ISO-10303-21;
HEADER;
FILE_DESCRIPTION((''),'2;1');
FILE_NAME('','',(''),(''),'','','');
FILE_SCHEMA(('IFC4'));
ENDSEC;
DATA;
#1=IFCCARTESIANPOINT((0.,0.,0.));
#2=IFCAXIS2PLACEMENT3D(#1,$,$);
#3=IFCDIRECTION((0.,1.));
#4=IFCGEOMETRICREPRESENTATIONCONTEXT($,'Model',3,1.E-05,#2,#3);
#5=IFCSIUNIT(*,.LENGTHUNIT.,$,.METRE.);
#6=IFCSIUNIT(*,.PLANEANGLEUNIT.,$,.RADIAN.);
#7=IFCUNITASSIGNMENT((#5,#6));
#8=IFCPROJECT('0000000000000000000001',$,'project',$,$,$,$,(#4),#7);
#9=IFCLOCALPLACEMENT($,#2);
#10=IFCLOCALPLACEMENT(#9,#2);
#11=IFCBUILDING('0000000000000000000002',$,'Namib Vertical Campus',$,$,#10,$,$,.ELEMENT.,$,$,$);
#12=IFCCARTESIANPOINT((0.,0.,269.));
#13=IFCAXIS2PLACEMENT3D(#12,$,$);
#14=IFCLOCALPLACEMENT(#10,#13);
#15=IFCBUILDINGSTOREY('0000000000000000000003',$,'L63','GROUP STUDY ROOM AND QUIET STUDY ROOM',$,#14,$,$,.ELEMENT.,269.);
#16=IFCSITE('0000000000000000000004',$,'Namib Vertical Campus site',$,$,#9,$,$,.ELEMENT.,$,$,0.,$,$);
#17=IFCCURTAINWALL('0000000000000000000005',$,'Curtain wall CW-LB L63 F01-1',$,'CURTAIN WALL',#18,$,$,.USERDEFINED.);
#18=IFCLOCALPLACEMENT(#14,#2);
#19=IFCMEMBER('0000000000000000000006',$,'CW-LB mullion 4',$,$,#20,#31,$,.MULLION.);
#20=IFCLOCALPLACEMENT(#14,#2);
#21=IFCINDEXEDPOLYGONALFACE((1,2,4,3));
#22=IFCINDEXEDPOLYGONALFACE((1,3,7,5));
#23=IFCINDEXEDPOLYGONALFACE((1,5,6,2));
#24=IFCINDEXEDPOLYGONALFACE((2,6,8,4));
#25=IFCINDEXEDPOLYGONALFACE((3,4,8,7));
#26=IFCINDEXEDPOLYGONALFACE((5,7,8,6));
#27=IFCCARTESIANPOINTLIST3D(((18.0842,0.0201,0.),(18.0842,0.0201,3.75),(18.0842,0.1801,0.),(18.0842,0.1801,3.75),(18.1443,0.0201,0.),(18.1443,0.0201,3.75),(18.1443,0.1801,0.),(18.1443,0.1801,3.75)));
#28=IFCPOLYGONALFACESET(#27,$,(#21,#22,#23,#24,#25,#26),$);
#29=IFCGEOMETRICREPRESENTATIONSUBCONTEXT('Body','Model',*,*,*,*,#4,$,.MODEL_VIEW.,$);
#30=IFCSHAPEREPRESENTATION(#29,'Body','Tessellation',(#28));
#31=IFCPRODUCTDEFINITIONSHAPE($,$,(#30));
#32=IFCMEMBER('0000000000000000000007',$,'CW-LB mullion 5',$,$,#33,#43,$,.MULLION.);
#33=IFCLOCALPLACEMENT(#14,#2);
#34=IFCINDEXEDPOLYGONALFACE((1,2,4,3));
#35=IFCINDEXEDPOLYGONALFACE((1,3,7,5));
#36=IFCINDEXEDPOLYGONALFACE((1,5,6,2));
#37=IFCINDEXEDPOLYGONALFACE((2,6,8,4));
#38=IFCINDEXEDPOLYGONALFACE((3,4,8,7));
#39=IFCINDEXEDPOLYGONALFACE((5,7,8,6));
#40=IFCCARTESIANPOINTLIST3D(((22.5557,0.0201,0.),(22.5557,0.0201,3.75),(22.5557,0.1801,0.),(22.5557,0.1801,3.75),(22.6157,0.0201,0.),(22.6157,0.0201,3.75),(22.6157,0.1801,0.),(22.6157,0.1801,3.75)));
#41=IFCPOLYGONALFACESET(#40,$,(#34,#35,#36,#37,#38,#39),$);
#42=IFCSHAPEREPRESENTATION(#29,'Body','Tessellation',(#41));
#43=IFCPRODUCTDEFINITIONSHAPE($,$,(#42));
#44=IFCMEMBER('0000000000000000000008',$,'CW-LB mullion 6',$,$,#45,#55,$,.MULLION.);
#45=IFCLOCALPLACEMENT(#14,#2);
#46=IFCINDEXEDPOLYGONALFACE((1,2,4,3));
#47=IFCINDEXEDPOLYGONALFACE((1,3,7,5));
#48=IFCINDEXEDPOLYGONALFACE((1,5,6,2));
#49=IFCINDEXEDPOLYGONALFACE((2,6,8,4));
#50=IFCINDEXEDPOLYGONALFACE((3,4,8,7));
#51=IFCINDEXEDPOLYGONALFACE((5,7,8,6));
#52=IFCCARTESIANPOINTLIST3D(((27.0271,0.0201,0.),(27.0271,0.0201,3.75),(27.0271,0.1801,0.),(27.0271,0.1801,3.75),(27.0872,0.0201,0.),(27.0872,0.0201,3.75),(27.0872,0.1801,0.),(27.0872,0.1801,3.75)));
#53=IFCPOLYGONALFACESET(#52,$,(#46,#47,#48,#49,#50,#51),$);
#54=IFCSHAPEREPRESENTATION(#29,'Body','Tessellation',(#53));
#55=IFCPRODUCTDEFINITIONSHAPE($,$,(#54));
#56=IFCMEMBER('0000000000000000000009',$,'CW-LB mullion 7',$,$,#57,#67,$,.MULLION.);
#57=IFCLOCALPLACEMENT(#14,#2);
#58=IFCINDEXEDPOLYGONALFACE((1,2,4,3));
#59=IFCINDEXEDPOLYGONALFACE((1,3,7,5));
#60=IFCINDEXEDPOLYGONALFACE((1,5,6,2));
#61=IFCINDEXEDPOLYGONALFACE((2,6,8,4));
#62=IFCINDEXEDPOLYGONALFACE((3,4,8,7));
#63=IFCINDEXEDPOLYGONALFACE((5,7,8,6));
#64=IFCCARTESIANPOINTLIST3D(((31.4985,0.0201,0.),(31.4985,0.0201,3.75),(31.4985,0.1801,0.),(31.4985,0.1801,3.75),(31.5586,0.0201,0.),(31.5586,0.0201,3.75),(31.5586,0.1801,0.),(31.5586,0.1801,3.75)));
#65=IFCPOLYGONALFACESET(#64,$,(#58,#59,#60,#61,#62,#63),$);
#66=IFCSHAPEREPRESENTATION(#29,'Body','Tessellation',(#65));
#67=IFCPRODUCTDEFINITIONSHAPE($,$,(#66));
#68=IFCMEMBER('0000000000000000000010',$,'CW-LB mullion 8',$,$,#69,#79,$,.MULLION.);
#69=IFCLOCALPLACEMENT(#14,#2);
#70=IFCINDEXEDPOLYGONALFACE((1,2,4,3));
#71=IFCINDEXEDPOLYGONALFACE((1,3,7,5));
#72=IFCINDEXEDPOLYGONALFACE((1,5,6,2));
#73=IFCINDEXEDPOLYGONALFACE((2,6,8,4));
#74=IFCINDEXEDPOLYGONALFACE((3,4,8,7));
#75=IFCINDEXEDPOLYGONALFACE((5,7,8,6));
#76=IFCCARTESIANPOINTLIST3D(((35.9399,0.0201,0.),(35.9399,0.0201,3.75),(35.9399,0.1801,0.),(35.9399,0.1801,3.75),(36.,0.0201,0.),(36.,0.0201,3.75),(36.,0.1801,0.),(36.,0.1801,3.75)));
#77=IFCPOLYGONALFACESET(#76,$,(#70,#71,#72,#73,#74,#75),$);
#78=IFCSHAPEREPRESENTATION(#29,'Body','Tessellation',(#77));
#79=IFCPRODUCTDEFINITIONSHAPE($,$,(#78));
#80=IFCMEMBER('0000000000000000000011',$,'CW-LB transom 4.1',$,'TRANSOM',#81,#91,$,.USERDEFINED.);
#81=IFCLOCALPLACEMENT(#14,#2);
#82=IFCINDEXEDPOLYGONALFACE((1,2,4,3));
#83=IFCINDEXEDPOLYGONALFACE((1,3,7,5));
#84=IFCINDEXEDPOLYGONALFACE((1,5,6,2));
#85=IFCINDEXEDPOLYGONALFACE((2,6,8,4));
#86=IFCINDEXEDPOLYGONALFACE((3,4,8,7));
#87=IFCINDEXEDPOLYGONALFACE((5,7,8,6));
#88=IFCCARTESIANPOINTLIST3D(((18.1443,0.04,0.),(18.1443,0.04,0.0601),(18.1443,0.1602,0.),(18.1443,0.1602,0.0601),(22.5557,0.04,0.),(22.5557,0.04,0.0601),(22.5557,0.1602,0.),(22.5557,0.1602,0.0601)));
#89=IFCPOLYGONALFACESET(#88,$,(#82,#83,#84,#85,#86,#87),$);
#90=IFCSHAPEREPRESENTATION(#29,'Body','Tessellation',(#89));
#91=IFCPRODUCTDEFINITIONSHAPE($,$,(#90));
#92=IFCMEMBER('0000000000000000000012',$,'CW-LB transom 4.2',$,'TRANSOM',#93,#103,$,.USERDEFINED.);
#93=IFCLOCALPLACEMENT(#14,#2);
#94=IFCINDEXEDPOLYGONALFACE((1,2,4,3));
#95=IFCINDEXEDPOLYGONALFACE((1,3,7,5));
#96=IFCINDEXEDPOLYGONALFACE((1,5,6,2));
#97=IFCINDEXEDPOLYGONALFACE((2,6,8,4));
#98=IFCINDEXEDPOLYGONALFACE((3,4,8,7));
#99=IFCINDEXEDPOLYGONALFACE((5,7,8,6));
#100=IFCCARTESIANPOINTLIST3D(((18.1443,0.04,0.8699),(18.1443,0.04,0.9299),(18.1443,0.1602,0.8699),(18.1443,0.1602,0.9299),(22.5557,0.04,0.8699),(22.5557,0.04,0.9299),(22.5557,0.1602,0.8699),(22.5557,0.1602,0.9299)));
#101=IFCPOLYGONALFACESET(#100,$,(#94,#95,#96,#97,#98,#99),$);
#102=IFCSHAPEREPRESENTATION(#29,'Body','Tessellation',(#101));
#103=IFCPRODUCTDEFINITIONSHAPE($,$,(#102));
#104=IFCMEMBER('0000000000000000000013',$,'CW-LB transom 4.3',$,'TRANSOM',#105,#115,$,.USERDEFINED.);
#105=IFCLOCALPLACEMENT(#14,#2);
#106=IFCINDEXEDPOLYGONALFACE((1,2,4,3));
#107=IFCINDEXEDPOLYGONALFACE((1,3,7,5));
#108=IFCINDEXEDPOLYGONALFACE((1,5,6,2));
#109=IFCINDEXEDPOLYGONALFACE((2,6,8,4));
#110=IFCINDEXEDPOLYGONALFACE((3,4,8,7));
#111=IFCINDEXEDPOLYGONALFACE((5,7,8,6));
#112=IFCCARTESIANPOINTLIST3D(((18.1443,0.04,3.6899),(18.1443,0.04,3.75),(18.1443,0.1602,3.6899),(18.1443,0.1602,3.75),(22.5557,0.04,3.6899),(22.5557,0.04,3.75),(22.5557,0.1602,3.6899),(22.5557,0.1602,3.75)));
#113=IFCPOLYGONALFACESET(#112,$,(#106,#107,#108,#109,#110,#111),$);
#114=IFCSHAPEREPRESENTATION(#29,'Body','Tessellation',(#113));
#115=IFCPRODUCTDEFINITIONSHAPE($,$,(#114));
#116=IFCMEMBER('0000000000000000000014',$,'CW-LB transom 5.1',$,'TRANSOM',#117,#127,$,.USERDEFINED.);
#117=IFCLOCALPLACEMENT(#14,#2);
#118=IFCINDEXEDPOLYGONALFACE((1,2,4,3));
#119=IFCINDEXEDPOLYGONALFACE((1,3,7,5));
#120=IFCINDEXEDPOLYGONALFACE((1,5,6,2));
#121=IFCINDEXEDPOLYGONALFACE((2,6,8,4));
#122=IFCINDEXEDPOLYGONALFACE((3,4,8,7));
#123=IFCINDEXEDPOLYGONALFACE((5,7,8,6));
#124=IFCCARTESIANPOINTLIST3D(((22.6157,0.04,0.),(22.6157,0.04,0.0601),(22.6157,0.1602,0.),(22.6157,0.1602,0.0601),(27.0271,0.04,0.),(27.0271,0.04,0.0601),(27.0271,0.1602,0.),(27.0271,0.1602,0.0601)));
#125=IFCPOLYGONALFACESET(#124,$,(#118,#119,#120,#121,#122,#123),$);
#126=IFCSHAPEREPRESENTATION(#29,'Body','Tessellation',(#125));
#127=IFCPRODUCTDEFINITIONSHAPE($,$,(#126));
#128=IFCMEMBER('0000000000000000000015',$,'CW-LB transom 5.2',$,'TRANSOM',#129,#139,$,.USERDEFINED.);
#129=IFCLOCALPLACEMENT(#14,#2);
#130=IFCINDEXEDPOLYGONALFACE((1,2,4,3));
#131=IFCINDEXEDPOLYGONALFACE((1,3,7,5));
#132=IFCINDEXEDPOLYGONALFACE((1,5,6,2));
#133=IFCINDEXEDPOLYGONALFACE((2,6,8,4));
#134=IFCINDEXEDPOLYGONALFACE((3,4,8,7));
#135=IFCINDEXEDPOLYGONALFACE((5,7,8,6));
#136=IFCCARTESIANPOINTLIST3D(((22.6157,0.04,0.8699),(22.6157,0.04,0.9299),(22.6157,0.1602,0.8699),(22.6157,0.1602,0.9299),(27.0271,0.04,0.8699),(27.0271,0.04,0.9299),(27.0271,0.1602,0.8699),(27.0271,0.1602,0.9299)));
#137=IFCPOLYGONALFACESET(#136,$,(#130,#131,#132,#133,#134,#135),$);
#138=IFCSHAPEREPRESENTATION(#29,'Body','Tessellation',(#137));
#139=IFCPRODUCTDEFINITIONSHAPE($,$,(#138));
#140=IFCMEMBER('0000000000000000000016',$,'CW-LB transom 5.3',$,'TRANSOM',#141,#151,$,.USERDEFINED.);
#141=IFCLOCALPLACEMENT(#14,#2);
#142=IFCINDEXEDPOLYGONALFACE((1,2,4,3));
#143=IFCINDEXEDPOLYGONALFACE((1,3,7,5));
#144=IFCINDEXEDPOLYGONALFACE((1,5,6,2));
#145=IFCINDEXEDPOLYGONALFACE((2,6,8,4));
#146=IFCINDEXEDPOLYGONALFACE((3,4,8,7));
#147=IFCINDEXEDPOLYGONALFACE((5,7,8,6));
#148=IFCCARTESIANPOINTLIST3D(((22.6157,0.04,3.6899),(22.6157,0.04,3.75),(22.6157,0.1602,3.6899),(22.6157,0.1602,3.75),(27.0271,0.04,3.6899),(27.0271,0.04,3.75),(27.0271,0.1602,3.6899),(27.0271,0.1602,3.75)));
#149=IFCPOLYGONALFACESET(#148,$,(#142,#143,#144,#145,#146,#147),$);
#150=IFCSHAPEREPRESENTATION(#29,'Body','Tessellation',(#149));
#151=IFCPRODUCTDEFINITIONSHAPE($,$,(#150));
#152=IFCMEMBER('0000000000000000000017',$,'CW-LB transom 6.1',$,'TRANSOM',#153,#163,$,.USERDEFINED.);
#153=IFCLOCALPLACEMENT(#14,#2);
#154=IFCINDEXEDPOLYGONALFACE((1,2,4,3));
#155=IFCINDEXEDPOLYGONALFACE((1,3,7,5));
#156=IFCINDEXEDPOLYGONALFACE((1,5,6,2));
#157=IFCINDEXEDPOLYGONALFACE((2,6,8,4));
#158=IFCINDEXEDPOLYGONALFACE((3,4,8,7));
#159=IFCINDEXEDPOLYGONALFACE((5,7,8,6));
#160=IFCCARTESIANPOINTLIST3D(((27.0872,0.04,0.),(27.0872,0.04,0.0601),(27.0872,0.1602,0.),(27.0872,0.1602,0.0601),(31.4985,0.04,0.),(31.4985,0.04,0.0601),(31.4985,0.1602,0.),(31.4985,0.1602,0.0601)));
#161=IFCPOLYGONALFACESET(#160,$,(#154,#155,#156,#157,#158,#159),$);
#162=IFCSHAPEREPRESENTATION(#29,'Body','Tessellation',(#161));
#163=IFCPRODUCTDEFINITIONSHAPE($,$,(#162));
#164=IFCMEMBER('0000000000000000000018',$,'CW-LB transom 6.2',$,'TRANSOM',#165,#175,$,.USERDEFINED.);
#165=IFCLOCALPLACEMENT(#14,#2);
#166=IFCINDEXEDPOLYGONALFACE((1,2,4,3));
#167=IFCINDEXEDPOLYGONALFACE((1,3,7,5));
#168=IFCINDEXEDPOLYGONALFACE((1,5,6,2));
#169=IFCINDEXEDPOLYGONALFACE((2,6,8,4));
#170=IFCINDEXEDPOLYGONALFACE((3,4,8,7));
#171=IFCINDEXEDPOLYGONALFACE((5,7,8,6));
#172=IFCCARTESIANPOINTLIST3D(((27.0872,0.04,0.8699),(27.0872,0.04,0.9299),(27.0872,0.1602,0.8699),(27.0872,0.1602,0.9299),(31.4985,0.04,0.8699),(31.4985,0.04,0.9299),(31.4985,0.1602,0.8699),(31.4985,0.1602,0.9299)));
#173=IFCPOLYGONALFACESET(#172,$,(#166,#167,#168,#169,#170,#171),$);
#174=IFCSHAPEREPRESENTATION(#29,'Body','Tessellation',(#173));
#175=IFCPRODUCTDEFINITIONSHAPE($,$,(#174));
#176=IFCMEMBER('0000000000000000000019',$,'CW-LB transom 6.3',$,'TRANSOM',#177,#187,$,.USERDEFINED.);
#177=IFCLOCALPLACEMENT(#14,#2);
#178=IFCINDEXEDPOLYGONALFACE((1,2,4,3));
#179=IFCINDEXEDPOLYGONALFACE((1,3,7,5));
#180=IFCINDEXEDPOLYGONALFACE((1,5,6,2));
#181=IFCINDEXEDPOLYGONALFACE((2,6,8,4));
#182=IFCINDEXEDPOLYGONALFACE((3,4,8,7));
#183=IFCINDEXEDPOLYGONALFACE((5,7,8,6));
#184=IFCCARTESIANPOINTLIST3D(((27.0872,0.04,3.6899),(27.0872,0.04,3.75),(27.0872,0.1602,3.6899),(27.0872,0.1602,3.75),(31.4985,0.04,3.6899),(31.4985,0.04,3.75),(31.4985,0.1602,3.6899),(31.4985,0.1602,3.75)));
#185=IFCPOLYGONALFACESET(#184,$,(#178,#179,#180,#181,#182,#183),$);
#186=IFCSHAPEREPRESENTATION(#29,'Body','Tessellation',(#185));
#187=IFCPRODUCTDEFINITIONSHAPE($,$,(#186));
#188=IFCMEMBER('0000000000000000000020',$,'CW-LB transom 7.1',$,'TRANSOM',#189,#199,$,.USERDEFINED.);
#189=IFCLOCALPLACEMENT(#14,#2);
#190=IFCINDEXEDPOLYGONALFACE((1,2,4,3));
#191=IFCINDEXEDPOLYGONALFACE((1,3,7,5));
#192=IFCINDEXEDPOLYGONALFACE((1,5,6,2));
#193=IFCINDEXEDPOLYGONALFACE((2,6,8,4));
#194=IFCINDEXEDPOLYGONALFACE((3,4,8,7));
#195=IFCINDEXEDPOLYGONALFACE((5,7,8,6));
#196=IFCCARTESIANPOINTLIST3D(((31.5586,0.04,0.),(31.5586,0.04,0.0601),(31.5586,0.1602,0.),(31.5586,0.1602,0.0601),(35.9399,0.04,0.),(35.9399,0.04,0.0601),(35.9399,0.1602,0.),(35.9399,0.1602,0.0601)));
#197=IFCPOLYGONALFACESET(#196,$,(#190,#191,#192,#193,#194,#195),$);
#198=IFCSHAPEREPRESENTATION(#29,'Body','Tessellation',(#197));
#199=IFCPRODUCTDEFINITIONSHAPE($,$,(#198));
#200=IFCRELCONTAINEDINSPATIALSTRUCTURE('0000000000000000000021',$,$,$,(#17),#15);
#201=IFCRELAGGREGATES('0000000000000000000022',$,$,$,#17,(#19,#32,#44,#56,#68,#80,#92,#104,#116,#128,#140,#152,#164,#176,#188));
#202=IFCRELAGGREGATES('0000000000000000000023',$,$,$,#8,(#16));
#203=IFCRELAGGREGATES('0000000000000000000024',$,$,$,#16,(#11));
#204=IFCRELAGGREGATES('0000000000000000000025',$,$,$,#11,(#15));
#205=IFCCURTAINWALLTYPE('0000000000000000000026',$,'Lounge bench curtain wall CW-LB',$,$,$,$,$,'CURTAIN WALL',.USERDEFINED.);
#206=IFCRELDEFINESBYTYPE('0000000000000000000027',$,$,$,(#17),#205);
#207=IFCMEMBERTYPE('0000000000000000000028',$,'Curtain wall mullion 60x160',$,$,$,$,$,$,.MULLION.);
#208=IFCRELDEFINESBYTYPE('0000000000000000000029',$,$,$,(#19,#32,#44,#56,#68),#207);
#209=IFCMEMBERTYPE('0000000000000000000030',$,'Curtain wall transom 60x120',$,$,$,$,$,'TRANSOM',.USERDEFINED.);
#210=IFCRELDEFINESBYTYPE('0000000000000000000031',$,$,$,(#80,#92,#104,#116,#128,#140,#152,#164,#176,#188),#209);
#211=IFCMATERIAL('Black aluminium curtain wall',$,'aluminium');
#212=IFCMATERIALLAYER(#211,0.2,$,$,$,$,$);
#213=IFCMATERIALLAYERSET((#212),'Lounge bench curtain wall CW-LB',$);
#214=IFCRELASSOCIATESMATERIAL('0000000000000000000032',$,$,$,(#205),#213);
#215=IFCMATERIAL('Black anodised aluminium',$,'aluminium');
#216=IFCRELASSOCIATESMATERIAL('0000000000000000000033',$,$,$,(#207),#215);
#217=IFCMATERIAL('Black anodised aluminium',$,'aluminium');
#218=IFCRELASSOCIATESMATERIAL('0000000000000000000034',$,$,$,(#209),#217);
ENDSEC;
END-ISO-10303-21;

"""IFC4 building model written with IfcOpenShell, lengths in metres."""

from ifc_helpers import new_model, si_unit, direction, frame, origin, origin_2d, place, context, subcontext, project, spatial, rectangle, extrude, material, layer, layer_set, material_profile, profile_set, type_object, element, aggregate, save


model = new_model("IFC4")

# Units and contexts
model_context = context("Model", 3, precision=1e-05, world=origin(), true_north=direction((0.0, 1.0)))
body_context = subcontext(model_context, "Body", "Model", "MODEL_VIEW")
ifc_project = project(units=[si_unit("LENGTHUNIT", "METRE"), si_unit("PLANEANGLEUNIT", "RADIAN")], contexts=[model_context])

# Site, building, storey
site_placement = place(None, origin())
site = spatial("IfcSite", under=ifc_project, at=site_placement, Name="Namib Vertical Campus site", CompositionType="ELEMENT", RefElevation=0.0)
building_placement = place(site_placement, origin())
building = spatial("IfcBuilding", under=site, at=building_placement, Name="Namib Vertical Campus", CompositionType="ELEMENT")
storey_placement = place(building_placement, frame((0.0, 0.0, 269.0)))
storey = spatial("IfcBuildingStorey", under=building, at=storey_placement, Name="L63", Description="GROUP STUDY ROOM AND QUIET STUDY ROOM", CompositionType="ELEMENT", Elevation=269.0)

# Curtain wall, members
ifc_material_1 = material(Name="Black aluminium curtain wall", Category="aluminium")
ifc_layer_1 = layer(ifc_material_1, 0.2)
ifc_layer_set_1 = layer_set([ifc_layer_1], Name="Lounge bench curtain wall CW-LB")
curtain_wall_type = type_object("IfcCurtainWallType", Name="Lounge bench curtain wall CW-LB", ElementType="CURTAIN WALL", PredefinedType="USERDEFINED", material=ifc_layer_set_1)
curtain_wall_placement = place(storey_placement, origin())
curtain_wall = element("IfcCurtainWall", 1, at=curtain_wall_placement, inside=storey, type_object=curtain_wall_type, Name="Curtain wall CW-LB L63 F01-1", ObjectType="CURTAIN WALL", PredefinedType="USERDEFINED")
ifc_material_2 = material(Name="Black anodised aluminium", Category="aluminium")
ifc_material_profile_1 = material_profile(ifc_material_2, rectangle(XDim=0.0601, YDim=0.1599, at=origin_2d()))
ifc_profile_set_1 = profile_set([ifc_material_profile_1], Name="Black anodised aluminium")
member_type_1 = type_object("IfcMemberType", Name="Curtain wall mullion 60x160", PredefinedType="MULLION", material=ifc_profile_set_1)
member_1_placement = place(storey_placement, frame((18.1143, 0.1001, 0.0), z_axis=(0.0, 0.0, 1.0), x_axis=(1.0, 0.0, 0.0)))
member_1 = element("IfcMember", 2, at=member_1_placement, type_object=member_type_1, Name="CW-LB mullion 4", PredefinedType="MULLION", context=body_context, shape_type="SweptSolid", body=[
    extrude(rectangle(XDim=0.0601, YDim=0.1599, at=origin_2d()), origin(), (0.0, 0.0, 1.0), 3.75),
])
member_2_placement = place(storey_placement, frame((22.5857, 0.1001, 0.0), z_axis=(0.0, 0.0, 1.0), x_axis=(1.0, 0.0, 0.0)))
member_2 = element("IfcMember", 3, at=member_2_placement, type_object=member_type_1, Name="CW-LB mullion 5", PredefinedType="MULLION", context=body_context, shape_type="SweptSolid", body=[
    extrude(rectangle(XDim=0.0601, YDim=0.1599, at=origin_2d()), origin(), (0.0, 0.0, 1.0), 3.75),
])
member_3_placement = place(storey_placement, frame((27.0571, 0.1001, 0.0), z_axis=(0.0, 0.0, 1.0), x_axis=(1.0, 0.0, 0.0)))
member_3 = element("IfcMember", 4, at=member_3_placement, type_object=member_type_1, Name="CW-LB mullion 6", PredefinedType="MULLION", context=body_context, shape_type="SweptSolid", body=[
    extrude(rectangle(XDim=0.0601, YDim=0.1599, at=origin_2d()), origin(), (0.0, 0.0, 1.0), 3.75),
])
member_4_placement = place(storey_placement, frame((31.5286, 0.1001, 0.0), z_axis=(0.0, 0.0, 1.0), x_axis=(1.0, 0.0, 0.0)))
member_4 = element("IfcMember", 5, at=member_4_placement, type_object=member_type_1, Name="CW-LB mullion 7", PredefinedType="MULLION", context=body_context, shape_type="SweptSolid", body=[
    extrude(rectangle(XDim=0.0601, YDim=0.1599, at=origin_2d()), origin(), (0.0, 0.0, 1.0), 3.75),
])
member_5_placement = place(storey_placement, frame((35.97, 0.1001, 0.0), z_axis=(0.0, 0.0, 1.0), x_axis=(1.0, 0.0, 0.0)))
member_5 = element("IfcMember", 6, at=member_5_placement, type_object=member_type_1, Name="CW-LB mullion 8", PredefinedType="MULLION", context=body_context, shape_type="SweptSolid", body=[
    extrude(rectangle(XDim=0.0601, YDim=0.1599, at=origin_2d()), origin(), (0.0, 0.0, 1.0), 3.75),
])
ifc_material_3 = material(Name="Black anodised aluminium", Category="aluminium")
ifc_material_profile_2 = material_profile(ifc_material_3, rectangle(XDim=0.0601, YDim=0.1201, at=origin_2d()))
ifc_profile_set_2 = profile_set([ifc_material_profile_2], Name="Black anodised aluminium")
member_type_2 = type_object("IfcMemberType", Name="Curtain wall transom 60x120", ElementType="TRANSOM", PredefinedType="USERDEFINED", material=ifc_profile_set_2)
member_6_placement = place(storey_placement, frame((18.1443, 0.1001, 0.03), z_axis=(1.0, 0.0, 0.0), x_axis=(0.0, 0.0, 1.0)))
member_6 = element("IfcMember", 7, at=member_6_placement, type_object=member_type_2, Name="CW-LB transom 4.1", ObjectType="TRANSOM", PredefinedType="USERDEFINED", context=body_context, shape_type="SweptSolid", body=[
    extrude(rectangle(XDim=0.0601, YDim=0.1201, at=origin_2d()), origin(), (0.0, 0.0, 1.0), 4.4114),
])
member_7_placement = place(storey_placement, frame((18.1443, 0.1001, 0.8999), z_axis=(1.0, 0.0, 0.0), x_axis=(0.0, 0.0, 1.0)))
member_7 = element("IfcMember", 8, at=member_7_placement, type_object=member_type_2, Name="CW-LB transom 4.2", ObjectType="TRANSOM", PredefinedType="USERDEFINED", context=body_context, shape_type="SweptSolid", body=[
    extrude(rectangle(XDim=0.0601, YDim=0.1201, at=origin_2d()), origin(), (0.0, 0.0, 1.0), 4.4114),
])
member_8_placement = place(storey_placement, frame((18.1443, 0.1001, 3.72), z_axis=(1.0, 0.0, 0.0), x_axis=(0.0, 0.0, 1.0)))
member_8 = element("IfcMember", 9, at=member_8_placement, type_object=member_type_2, Name="CW-LB transom 4.3", ObjectType="TRANSOM", PredefinedType="USERDEFINED", context=body_context, shape_type="SweptSolid", body=[
    extrude(rectangle(XDim=0.0601, YDim=0.1201, at=origin_2d()), origin(), (0.0, 0.0, 1.0), 4.4114),
])
member_9_placement = place(storey_placement, frame((22.6157, 0.1001, 0.03), z_axis=(1.0, 0.0, 0.0), x_axis=(0.0, 0.0, 1.0)))
member_9 = element("IfcMember", 10, at=member_9_placement, type_object=member_type_2, Name="CW-LB transom 5.1", ObjectType="TRANSOM", PredefinedType="USERDEFINED", context=body_context, shape_type="SweptSolid", body=[
    extrude(rectangle(XDim=0.0601, YDim=0.1201, at=origin_2d()), origin(), (0.0, 0.0, 1.0), 4.4114),
])
member_10_placement = place(storey_placement, frame((22.6157, 0.1001, 0.8999), z_axis=(1.0, 0.0, 0.0), x_axis=(0.0, 0.0, 1.0)))
member_10 = element("IfcMember", 11, at=member_10_placement, type_object=member_type_2, Name="CW-LB transom 5.2", ObjectType="TRANSOM", PredefinedType="USERDEFINED", context=body_context, shape_type="SweptSolid", body=[
    extrude(rectangle(XDim=0.0601, YDim=0.1201, at=origin_2d()), origin(), (0.0, 0.0, 1.0), 4.4114),
])
member_11_placement = place(storey_placement, frame((22.6157, 0.1001, 3.72), z_axis=(1.0, 0.0, 0.0), x_axis=(0.0, 0.0, 1.0)))
member_11 = element("IfcMember", 12, at=member_11_placement, type_object=member_type_2, Name="CW-LB transom 5.3", ObjectType="TRANSOM", PredefinedType="USERDEFINED", context=body_context, shape_type="SweptSolid", body=[
    extrude(rectangle(XDim=0.0601, YDim=0.1201, at=origin_2d()), origin(), (0.0, 0.0, 1.0), 4.4114),
])
member_12_placement = place(storey_placement, frame((27.0872, 0.1001, 0.03), z_axis=(1.0, 0.0, 0.0), x_axis=(0.0, 0.0, 1.0)))
member_12 = element("IfcMember", 13, at=member_12_placement, type_object=member_type_2, Name="CW-LB transom 6.1", ObjectType="TRANSOM", PredefinedType="USERDEFINED", context=body_context, shape_type="SweptSolid", body=[
    extrude(rectangle(XDim=0.0601, YDim=0.1201, at=origin_2d()), origin(), (0.0, 0.0, 1.0), 4.4114),
])
member_13_placement = place(storey_placement, frame((27.0872, 0.1001, 0.8999), z_axis=(1.0, 0.0, 0.0), x_axis=(0.0, 0.0, 1.0)))
member_13 = element("IfcMember", 14, at=member_13_placement, type_object=member_type_2, Name="CW-LB transom 6.2", ObjectType="TRANSOM", PredefinedType="USERDEFINED", context=body_context, shape_type="SweptSolid", body=[
    extrude(rectangle(XDim=0.0601, YDim=0.1201, at=origin_2d()), origin(), (0.0, 0.0, 1.0), 4.4114),
])
member_14_placement = place(storey_placement, frame((27.0872, 0.1001, 3.72), z_axis=(1.0, 0.0, 0.0), x_axis=(0.0, 0.0, 1.0)))
member_14 = element("IfcMember", 15, at=member_14_placement, type_object=member_type_2, Name="CW-LB transom 6.3", ObjectType="TRANSOM", PredefinedType="USERDEFINED", context=body_context, shape_type="SweptSolid", body=[
    extrude(rectangle(XDim=0.0601, YDim=0.1201, at=origin_2d()), origin(), (0.0, 0.0, 1.0), 4.4114),
])
member_15_placement = place(storey_placement, frame((31.5586, 0.1001, 0.03), z_axis=(1.0, 0.0, 0.0), x_axis=(0.0, 0.0, 1.0)))
member_15 = element("IfcMember", 16, at=member_15_placement, type_object=member_type_2, Name="CW-LB transom 7.1", ObjectType="TRANSOM", PredefinedType="USERDEFINED", context=body_context, shape_type="SweptSolid", body=[
    extrude(rectangle(XDim=0.0601, YDim=0.1201, at=origin_2d()), origin(), (0.0, 0.0, 1.0), 4.3813),
])
aggregate(curtain_wall, [member_1, member_2, member_3, member_4, member_5, member_6, member_7, member_8, member_9, member_10, member_11, member_12, member_13, member_14, member_15])

save(model, "model.ifc")
